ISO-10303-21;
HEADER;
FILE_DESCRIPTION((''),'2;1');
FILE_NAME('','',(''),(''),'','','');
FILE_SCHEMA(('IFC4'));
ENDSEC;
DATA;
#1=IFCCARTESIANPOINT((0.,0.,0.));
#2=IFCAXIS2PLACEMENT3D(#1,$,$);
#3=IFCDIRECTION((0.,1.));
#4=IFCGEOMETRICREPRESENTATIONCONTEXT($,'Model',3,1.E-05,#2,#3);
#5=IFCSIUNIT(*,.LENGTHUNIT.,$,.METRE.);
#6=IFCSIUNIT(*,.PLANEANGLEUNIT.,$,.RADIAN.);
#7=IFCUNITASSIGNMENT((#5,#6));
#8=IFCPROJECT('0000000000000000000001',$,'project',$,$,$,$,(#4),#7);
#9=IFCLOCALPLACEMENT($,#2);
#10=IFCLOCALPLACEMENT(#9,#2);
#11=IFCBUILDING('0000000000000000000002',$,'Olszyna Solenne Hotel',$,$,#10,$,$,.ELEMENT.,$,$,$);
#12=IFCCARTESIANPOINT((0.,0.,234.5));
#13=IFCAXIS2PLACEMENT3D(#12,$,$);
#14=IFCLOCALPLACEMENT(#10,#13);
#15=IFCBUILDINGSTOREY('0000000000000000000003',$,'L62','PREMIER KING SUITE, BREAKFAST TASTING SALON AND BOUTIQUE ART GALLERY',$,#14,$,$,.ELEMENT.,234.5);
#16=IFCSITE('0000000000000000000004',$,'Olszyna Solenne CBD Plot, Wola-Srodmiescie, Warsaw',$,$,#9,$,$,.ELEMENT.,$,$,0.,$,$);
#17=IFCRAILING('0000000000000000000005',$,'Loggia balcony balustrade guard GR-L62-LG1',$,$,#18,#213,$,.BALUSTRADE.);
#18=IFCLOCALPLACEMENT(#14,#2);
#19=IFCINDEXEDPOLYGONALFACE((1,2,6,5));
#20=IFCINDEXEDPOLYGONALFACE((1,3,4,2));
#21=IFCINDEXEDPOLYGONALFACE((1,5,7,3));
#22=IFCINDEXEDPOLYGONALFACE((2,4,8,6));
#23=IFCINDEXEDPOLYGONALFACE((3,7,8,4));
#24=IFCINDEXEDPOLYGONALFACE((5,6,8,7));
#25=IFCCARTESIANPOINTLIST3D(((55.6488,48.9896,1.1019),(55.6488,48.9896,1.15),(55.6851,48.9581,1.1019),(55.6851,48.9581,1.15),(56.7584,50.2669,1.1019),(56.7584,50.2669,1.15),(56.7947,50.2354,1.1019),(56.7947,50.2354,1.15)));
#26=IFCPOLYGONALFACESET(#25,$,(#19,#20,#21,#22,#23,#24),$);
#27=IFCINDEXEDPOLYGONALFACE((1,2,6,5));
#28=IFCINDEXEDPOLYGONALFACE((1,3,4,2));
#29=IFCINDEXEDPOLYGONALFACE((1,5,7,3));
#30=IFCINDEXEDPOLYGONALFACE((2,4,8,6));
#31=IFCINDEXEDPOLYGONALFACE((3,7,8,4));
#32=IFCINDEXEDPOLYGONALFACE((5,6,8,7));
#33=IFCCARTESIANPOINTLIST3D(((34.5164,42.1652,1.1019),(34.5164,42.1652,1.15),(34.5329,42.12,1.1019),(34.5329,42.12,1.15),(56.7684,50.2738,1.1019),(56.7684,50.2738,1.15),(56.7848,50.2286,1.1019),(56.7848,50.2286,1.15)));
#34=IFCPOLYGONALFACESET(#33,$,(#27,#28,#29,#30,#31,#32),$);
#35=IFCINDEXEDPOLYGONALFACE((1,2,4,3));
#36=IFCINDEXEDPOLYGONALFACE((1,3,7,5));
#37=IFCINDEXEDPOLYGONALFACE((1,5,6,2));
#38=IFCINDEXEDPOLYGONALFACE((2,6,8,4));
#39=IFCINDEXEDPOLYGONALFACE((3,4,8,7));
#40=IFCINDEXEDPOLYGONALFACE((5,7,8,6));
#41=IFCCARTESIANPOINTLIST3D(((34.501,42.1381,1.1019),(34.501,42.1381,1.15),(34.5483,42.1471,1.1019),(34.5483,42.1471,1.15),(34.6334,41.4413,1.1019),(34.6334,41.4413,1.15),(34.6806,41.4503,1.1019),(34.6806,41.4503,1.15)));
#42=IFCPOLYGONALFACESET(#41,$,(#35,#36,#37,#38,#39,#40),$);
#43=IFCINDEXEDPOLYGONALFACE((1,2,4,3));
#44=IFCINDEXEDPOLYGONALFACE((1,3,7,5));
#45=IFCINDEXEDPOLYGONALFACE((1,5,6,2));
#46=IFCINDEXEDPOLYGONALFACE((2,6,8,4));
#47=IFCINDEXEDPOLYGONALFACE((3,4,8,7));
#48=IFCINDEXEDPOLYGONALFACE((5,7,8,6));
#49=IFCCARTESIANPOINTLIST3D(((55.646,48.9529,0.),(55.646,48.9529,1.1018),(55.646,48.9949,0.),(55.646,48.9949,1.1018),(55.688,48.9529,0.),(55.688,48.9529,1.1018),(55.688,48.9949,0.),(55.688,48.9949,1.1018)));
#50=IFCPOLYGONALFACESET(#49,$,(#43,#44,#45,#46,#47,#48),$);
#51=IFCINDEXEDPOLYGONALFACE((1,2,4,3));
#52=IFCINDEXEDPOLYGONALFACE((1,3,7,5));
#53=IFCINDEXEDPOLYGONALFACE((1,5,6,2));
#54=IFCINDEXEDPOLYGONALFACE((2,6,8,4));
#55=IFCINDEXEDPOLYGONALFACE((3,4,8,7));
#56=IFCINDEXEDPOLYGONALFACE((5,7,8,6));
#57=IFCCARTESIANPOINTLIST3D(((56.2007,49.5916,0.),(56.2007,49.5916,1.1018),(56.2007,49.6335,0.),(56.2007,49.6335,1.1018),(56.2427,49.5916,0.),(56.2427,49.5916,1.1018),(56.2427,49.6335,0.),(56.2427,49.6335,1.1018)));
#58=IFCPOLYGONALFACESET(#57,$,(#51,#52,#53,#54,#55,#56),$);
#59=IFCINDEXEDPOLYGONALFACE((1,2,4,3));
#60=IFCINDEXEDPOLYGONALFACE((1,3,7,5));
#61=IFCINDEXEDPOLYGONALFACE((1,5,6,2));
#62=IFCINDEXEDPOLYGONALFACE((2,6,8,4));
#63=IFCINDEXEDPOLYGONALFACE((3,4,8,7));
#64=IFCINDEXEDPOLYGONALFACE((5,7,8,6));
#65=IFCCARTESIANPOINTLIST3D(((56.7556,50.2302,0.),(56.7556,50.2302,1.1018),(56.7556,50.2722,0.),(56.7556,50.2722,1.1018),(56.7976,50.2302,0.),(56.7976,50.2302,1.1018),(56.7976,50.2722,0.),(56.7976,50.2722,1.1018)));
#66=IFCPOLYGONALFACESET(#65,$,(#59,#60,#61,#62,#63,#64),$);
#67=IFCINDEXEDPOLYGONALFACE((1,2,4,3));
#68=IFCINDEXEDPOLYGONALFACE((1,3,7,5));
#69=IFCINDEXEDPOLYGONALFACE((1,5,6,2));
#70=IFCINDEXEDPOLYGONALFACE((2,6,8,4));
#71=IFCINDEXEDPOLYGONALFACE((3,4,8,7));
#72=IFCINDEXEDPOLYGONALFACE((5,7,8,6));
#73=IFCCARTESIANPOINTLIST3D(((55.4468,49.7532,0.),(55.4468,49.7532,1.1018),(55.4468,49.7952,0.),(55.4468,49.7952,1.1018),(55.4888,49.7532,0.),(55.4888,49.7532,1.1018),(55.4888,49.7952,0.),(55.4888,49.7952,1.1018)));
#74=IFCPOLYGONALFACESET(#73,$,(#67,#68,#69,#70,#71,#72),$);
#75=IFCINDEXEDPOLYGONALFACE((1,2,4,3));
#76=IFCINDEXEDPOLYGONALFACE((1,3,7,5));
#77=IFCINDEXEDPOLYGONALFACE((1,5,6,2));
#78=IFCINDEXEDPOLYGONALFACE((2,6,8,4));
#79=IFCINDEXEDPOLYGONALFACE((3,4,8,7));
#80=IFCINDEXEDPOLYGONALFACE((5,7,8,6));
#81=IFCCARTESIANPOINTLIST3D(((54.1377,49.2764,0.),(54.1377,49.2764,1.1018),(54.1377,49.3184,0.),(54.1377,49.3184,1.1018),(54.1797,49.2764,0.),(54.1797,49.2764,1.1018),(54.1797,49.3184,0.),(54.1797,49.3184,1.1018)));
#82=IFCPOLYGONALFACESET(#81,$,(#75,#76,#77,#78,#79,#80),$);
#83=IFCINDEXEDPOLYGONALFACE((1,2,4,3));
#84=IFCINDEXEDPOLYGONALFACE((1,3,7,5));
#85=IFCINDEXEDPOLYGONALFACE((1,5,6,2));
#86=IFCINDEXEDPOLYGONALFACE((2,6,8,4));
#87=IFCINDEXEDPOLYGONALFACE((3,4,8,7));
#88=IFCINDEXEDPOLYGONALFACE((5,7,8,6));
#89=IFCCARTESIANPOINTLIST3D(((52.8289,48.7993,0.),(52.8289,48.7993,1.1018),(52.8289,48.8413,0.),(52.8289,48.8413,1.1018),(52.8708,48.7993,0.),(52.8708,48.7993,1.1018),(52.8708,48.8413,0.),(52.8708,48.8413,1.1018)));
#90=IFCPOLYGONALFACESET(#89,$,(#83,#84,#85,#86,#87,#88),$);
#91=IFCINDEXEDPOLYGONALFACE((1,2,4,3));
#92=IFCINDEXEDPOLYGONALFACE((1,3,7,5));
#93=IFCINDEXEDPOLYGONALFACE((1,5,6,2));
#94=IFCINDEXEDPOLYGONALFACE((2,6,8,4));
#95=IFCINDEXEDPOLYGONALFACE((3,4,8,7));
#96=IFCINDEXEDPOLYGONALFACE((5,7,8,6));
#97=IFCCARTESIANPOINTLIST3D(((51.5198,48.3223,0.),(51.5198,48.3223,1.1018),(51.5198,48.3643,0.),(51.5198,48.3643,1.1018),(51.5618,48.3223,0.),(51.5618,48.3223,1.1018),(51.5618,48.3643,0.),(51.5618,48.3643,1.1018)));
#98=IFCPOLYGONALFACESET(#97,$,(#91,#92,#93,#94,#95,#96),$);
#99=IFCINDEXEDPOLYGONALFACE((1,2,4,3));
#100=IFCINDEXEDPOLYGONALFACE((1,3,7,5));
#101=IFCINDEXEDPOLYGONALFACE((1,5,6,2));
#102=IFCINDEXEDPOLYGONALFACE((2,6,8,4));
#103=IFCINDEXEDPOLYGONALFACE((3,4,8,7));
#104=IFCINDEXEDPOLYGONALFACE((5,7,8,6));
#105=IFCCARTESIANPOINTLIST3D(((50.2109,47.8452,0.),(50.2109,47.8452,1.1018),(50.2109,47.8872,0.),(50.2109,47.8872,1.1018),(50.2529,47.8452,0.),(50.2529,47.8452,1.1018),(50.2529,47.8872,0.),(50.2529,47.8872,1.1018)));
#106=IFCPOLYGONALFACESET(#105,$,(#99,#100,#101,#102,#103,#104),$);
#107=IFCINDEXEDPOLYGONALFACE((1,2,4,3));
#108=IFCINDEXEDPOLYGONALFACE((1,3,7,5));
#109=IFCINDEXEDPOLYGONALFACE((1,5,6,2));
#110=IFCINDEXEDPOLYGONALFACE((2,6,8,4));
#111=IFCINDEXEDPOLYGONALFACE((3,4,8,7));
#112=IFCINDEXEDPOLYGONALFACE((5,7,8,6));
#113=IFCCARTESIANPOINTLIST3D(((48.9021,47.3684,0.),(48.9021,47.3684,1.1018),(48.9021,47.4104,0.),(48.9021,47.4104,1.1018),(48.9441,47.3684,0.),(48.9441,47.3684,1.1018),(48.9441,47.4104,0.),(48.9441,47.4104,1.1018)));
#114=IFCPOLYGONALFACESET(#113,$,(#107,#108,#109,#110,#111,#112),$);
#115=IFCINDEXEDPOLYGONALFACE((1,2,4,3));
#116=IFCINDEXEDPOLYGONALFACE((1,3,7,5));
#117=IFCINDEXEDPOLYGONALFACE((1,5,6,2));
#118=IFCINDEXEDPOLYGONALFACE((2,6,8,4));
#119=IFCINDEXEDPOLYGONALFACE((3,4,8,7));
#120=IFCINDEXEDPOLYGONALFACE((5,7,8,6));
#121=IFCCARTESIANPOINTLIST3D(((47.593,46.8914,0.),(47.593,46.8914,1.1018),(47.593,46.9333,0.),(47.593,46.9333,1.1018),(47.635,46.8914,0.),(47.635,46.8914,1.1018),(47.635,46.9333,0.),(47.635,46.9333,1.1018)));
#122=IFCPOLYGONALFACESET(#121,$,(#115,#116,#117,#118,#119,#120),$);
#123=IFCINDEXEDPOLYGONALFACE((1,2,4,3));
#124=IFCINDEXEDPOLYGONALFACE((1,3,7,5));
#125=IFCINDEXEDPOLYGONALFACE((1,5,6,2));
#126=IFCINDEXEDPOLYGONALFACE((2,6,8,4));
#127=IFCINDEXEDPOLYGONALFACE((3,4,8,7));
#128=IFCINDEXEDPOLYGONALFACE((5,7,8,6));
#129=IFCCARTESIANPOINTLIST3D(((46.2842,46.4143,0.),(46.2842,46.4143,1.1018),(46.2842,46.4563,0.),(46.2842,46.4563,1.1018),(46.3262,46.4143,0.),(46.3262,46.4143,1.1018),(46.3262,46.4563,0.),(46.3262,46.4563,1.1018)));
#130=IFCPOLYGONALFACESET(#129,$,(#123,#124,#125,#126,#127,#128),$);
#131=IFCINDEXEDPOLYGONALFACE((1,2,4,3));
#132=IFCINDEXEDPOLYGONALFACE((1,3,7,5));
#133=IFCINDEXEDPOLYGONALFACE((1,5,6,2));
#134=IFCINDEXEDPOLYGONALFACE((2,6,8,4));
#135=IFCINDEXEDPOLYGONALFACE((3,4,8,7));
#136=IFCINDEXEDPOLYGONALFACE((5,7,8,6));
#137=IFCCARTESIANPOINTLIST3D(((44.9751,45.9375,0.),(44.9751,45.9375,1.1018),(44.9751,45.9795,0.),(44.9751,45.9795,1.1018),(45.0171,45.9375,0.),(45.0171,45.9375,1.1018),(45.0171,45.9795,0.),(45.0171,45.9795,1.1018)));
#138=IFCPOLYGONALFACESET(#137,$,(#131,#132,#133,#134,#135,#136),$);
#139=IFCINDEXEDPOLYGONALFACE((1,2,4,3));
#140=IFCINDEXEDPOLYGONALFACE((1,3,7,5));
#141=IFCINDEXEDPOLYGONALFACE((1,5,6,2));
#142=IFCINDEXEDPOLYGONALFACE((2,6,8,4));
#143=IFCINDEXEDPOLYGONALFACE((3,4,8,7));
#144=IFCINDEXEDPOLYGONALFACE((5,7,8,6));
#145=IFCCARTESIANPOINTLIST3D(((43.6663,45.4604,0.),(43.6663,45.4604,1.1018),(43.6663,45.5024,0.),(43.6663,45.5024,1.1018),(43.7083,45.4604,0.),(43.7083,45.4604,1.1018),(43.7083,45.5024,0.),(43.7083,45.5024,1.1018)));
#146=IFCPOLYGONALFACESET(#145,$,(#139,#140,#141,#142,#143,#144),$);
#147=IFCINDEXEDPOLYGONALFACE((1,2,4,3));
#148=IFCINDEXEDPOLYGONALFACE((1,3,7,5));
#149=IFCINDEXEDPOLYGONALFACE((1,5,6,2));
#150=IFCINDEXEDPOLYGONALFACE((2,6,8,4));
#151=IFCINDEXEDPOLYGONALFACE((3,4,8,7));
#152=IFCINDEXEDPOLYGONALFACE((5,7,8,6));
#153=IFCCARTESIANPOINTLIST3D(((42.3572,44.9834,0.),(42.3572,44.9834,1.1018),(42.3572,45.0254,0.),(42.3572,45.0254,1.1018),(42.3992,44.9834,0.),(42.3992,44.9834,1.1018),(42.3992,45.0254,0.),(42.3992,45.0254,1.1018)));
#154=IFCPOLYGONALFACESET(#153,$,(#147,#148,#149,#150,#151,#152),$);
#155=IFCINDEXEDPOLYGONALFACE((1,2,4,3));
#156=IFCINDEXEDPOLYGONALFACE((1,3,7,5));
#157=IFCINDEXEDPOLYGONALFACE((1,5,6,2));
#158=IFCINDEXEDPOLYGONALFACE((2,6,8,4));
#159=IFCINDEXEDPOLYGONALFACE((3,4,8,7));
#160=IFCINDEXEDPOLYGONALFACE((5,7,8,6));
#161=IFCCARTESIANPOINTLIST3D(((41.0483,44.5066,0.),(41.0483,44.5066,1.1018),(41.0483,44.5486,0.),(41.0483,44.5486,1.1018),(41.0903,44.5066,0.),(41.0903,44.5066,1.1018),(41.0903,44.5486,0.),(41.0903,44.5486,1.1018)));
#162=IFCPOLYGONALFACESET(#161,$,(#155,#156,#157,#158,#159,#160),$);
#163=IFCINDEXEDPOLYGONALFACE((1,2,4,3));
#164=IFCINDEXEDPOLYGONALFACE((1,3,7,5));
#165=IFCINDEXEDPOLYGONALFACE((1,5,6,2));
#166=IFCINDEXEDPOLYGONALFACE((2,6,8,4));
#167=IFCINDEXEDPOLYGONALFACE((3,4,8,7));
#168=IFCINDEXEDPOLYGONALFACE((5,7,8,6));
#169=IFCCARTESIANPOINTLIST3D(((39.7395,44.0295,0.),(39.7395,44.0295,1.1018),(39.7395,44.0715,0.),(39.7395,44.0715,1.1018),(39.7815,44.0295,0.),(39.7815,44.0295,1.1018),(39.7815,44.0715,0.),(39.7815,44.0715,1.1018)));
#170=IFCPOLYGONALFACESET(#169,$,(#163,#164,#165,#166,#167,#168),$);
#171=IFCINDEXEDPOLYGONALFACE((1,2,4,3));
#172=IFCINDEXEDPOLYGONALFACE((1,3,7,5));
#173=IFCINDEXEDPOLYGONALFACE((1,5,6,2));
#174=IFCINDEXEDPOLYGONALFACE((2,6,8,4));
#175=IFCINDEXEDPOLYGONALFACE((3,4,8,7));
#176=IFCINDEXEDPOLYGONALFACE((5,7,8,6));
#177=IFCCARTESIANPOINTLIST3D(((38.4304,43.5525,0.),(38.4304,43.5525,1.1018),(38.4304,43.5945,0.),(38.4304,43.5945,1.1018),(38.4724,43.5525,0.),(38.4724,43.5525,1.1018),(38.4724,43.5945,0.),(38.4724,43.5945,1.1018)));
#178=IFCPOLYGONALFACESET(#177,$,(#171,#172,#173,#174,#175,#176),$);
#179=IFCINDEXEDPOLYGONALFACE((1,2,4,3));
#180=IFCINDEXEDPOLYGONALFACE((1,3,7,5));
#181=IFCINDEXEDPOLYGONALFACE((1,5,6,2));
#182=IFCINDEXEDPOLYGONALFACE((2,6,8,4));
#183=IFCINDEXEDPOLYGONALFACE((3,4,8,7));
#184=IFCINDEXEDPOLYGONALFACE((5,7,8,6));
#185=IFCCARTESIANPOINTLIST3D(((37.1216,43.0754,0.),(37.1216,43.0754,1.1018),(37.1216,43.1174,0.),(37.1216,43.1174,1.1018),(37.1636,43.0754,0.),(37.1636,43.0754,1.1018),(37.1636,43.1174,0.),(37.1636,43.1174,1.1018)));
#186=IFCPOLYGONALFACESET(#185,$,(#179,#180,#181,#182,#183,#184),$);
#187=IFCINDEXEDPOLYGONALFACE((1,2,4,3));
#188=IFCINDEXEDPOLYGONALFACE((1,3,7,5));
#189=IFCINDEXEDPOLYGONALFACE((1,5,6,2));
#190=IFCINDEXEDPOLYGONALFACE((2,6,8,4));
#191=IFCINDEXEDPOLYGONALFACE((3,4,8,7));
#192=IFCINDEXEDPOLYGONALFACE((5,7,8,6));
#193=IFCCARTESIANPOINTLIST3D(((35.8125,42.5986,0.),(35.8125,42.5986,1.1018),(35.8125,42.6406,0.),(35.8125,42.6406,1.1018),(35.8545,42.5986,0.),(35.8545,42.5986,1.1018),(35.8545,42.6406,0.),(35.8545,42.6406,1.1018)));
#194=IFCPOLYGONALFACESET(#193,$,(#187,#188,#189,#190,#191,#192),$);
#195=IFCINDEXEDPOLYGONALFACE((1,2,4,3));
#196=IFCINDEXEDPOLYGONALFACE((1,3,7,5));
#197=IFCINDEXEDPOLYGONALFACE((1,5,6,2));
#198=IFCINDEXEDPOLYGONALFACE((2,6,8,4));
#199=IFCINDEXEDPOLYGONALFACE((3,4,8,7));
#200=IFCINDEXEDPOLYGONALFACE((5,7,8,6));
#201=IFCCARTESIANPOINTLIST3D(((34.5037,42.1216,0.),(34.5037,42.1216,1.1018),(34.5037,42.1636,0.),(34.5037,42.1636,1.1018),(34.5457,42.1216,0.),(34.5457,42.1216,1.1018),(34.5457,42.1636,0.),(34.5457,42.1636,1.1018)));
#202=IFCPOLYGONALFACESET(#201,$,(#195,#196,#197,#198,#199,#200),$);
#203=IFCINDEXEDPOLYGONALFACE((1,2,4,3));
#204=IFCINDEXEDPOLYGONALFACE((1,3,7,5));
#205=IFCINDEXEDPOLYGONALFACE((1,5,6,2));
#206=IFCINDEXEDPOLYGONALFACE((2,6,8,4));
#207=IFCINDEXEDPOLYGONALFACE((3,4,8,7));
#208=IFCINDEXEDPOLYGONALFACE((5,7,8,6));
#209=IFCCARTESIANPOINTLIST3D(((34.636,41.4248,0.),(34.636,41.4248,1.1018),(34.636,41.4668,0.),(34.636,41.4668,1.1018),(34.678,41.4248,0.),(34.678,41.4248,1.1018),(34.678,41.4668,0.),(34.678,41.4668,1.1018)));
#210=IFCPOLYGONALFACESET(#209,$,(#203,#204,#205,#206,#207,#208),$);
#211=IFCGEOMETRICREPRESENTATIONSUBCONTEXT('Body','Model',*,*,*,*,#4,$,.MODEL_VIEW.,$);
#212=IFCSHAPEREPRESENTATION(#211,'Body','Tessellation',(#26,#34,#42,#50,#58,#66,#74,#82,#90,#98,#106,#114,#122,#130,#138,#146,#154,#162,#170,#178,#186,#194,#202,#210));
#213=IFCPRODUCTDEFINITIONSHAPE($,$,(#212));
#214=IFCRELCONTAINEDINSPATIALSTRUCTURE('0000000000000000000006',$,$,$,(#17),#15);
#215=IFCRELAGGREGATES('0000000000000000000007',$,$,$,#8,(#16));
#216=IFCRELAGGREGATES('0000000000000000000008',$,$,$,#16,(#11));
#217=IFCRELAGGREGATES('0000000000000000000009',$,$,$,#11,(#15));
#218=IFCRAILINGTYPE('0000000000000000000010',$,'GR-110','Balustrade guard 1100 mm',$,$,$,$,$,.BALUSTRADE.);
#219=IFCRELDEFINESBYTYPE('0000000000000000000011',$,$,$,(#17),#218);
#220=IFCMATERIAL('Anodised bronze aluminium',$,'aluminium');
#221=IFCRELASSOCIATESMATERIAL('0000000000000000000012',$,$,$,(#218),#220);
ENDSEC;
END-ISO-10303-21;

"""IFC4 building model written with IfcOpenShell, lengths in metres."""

from ifc_helpers import new_model, si_unit, direction, frame, origin, origin_2d, place, context, subcontext, project, spatial, rectangle, extrude, material, type_object, element, save


model = new_model("IFC4")

# Units and contexts
model_context = context("Model", 3, precision=1e-05, world=origin(), true_north=direction((0.0, 1.0)))
body_context = subcontext(model_context, "Body", "Model", "MODEL_VIEW")
ifc_project = project(units=[si_unit("LENGTHUNIT", "METRE"), si_unit("PLANEANGLEUNIT", "RADIAN")], contexts=[model_context])

# Site, building, storey
site_placement = place(None, origin())
site = spatial("IfcSite", under=ifc_project, at=site_placement, Name="Olszyna Solenne CBD Plot, Wola-Srodmiescie, Warsaw", CompositionType="ELEMENT", RefElevation=0.0)
building_placement = place(site_placement, origin())
building = spatial("IfcBuilding", under=site, at=building_placement, Name="Olszyna Solenne Hotel", CompositionType="ELEMENT")
storey_placement = place(building_placement, frame((0.0, 0.0, 234.5)))
storey = spatial("IfcBuildingStorey", under=building, at=storey_placement, Name="L62", Description="PREMIER KING SUITE, BREAKFAST TASTING SALON AND BOUTIQUE ART GALLERY", CompositionType="ELEMENT", Elevation=234.5)

# Railing
ifc_material_1 = material(Name="Anodised bronze aluminium", Category="aluminium")
railing_type = type_object("IfcRailingType", Name="GR-110", Description="Balustrade guard 1100 mm", PredefinedType="BALUSTRADE", material=ifc_material_1)
railing_placement = place(storey_placement, frame((55.667, 48.9739, 0.0)))
element("IfcRailing", 1, at=railing_placement, inside=storey, type_object=railing_type, Name="Loggia balcony balustrade guard GR-L62-LG1", PredefinedType="BALUSTRADE", context=body_context, shape_type="SweptSolid", body=[
    extrude(rectangle(XDim=0.0481, YDim=0.0481, at=origin_2d()), frame((0.0, 0.0, 1.126), z_axis=(0.655804, 0.754932, 0.0), x_axis=(-0.754932, 0.655804, 0.0)), (0.0, 0.0, 1.0), 1.6919),
    extrude(rectangle(XDim=0.0481, YDim=0.0481, at=origin_2d()), frame((1.1096, 1.2773, 1.126), z_axis=(-0.939562, -0.342378, 0.0), x_axis=(0.342378, -0.939562, 0.0)), (0.0, 0.0, 1.0), 23.6833),
    extrude(rectangle(XDim=0.0481, YDim=0.0481, at=origin_2d()), frame((-21.1423, -6.8313, 1.126), z_axis=(0.186574, -0.982441, 0.0), x_axis=(0.982441, 0.186574, 0.0)), (0.0, 0.0, 1.0), 0.7092),
    extrude(rectangle(XDim=0.042, YDim=0.042, at=origin_2d()), origin(), (0.0, 0.0, 1.0), 1.1018),
    extrude(rectangle(XDim=0.042, YDim=0.042, at=origin_2d()), frame((0.5547, 0.6387, 0.0)), (0.0, 0.0, 1.0), 1.1018),
    extrude(rectangle(XDim=0.042, YDim=0.042, at=origin_2d()), frame((1.1096, 1.2773, 0.0)), (0.0, 0.0, 1.0), 1.1018),
    extrude(rectangle(XDim=0.042, YDim=0.042, at=origin_2d()), frame((-0.1992, 0.8003, 0.0)), (0.0, 0.0, 1.0), 1.1018),
    extrude(rectangle(XDim=0.042, YDim=0.042, at=origin_2d()), frame((-1.5083, 0.3235, 0.0)), (0.0, 0.0, 1.0), 1.1018),
    extrude(rectangle(XDim=0.042, YDim=0.042, at=origin_2d()), frame((-2.8171, -0.1536, 0.0)), (0.0, 0.0, 1.0), 1.1018),
    extrude(rectangle(XDim=0.042, YDim=0.042, at=origin_2d()), frame((-4.1262, -0.6306, 0.0)), (0.0, 0.0, 1.0), 1.1018),
    extrude(rectangle(XDim=0.042, YDim=0.042, at=origin_2d()), frame((-5.4351, -1.1077, 0.0)), (0.0, 0.0, 1.0), 1.1018),
    extrude(rectangle(XDim=0.042, YDim=0.042, at=origin_2d()), frame((-6.7439, -1.5845, 0.0)), (0.0, 0.0, 1.0), 1.1018),
    extrude(rectangle(XDim=0.042, YDim=0.042, at=origin_2d()), frame((-8.053, -2.0615, 0.0)), (0.0, 0.0, 1.0), 1.1018),
    extrude(rectangle(XDim=0.042, YDim=0.042, at=origin_2d()), frame((-9.3618, -2.5386, 0.0)), (0.0, 0.0, 1.0), 1.1018),
    extrude(rectangle(XDim=0.042, YDim=0.042, at=origin_2d()), frame((-10.6709, -3.0154, 0.0)), (0.0, 0.0, 1.0), 1.1018),
    extrude(rectangle(XDim=0.042, YDim=0.042, at=origin_2d()), frame((-11.9797, -3.4924, 0.0)), (0.0, 0.0, 1.0), 1.1018),
    extrude(rectangle(XDim=0.042, YDim=0.042, at=origin_2d()), frame((-13.2888, -3.9695, 0.0)), (0.0, 0.0, 1.0), 1.1018),
    extrude(rectangle(XDim=0.042, YDim=0.042, at=origin_2d()), frame((-14.5977, -4.4463, 0.0)), (0.0, 0.0, 1.0), 1.1018),
    extrude(rectangle(XDim=0.042, YDim=0.042, at=origin_2d()), frame((-15.9065, -4.9233, 0.0)), (0.0, 0.0, 1.0), 1.1018),
    extrude(rectangle(XDim=0.042, YDim=0.042, at=origin_2d()), frame((-17.2156, -5.4004, 0.0)), (0.0, 0.0, 1.0), 1.1018),
    extrude(rectangle(XDim=0.042, YDim=0.042, at=origin_2d()), frame((-18.5244, -5.8774, 0.0)), (0.0, 0.0, 1.0), 1.1018),
    extrude(rectangle(XDim=0.042, YDim=0.042, at=origin_2d()), frame((-19.8335, -6.3542, 0.0)), (0.0, 0.0, 1.0), 1.1018),
    extrude(rectangle(XDim=0.042, YDim=0.042, at=origin_2d()), frame((-21.1423, -6.8313, 0.0)), (0.0, 0.0, 1.0), 1.1018),
    extrude(rectangle(XDim=0.042, YDim=0.042, at=origin_2d()), frame((-21.01, -7.5281, 0.0)), (0.0, 0.0, 1.0), 1.1018),
])

save(model, "model.ifc")
